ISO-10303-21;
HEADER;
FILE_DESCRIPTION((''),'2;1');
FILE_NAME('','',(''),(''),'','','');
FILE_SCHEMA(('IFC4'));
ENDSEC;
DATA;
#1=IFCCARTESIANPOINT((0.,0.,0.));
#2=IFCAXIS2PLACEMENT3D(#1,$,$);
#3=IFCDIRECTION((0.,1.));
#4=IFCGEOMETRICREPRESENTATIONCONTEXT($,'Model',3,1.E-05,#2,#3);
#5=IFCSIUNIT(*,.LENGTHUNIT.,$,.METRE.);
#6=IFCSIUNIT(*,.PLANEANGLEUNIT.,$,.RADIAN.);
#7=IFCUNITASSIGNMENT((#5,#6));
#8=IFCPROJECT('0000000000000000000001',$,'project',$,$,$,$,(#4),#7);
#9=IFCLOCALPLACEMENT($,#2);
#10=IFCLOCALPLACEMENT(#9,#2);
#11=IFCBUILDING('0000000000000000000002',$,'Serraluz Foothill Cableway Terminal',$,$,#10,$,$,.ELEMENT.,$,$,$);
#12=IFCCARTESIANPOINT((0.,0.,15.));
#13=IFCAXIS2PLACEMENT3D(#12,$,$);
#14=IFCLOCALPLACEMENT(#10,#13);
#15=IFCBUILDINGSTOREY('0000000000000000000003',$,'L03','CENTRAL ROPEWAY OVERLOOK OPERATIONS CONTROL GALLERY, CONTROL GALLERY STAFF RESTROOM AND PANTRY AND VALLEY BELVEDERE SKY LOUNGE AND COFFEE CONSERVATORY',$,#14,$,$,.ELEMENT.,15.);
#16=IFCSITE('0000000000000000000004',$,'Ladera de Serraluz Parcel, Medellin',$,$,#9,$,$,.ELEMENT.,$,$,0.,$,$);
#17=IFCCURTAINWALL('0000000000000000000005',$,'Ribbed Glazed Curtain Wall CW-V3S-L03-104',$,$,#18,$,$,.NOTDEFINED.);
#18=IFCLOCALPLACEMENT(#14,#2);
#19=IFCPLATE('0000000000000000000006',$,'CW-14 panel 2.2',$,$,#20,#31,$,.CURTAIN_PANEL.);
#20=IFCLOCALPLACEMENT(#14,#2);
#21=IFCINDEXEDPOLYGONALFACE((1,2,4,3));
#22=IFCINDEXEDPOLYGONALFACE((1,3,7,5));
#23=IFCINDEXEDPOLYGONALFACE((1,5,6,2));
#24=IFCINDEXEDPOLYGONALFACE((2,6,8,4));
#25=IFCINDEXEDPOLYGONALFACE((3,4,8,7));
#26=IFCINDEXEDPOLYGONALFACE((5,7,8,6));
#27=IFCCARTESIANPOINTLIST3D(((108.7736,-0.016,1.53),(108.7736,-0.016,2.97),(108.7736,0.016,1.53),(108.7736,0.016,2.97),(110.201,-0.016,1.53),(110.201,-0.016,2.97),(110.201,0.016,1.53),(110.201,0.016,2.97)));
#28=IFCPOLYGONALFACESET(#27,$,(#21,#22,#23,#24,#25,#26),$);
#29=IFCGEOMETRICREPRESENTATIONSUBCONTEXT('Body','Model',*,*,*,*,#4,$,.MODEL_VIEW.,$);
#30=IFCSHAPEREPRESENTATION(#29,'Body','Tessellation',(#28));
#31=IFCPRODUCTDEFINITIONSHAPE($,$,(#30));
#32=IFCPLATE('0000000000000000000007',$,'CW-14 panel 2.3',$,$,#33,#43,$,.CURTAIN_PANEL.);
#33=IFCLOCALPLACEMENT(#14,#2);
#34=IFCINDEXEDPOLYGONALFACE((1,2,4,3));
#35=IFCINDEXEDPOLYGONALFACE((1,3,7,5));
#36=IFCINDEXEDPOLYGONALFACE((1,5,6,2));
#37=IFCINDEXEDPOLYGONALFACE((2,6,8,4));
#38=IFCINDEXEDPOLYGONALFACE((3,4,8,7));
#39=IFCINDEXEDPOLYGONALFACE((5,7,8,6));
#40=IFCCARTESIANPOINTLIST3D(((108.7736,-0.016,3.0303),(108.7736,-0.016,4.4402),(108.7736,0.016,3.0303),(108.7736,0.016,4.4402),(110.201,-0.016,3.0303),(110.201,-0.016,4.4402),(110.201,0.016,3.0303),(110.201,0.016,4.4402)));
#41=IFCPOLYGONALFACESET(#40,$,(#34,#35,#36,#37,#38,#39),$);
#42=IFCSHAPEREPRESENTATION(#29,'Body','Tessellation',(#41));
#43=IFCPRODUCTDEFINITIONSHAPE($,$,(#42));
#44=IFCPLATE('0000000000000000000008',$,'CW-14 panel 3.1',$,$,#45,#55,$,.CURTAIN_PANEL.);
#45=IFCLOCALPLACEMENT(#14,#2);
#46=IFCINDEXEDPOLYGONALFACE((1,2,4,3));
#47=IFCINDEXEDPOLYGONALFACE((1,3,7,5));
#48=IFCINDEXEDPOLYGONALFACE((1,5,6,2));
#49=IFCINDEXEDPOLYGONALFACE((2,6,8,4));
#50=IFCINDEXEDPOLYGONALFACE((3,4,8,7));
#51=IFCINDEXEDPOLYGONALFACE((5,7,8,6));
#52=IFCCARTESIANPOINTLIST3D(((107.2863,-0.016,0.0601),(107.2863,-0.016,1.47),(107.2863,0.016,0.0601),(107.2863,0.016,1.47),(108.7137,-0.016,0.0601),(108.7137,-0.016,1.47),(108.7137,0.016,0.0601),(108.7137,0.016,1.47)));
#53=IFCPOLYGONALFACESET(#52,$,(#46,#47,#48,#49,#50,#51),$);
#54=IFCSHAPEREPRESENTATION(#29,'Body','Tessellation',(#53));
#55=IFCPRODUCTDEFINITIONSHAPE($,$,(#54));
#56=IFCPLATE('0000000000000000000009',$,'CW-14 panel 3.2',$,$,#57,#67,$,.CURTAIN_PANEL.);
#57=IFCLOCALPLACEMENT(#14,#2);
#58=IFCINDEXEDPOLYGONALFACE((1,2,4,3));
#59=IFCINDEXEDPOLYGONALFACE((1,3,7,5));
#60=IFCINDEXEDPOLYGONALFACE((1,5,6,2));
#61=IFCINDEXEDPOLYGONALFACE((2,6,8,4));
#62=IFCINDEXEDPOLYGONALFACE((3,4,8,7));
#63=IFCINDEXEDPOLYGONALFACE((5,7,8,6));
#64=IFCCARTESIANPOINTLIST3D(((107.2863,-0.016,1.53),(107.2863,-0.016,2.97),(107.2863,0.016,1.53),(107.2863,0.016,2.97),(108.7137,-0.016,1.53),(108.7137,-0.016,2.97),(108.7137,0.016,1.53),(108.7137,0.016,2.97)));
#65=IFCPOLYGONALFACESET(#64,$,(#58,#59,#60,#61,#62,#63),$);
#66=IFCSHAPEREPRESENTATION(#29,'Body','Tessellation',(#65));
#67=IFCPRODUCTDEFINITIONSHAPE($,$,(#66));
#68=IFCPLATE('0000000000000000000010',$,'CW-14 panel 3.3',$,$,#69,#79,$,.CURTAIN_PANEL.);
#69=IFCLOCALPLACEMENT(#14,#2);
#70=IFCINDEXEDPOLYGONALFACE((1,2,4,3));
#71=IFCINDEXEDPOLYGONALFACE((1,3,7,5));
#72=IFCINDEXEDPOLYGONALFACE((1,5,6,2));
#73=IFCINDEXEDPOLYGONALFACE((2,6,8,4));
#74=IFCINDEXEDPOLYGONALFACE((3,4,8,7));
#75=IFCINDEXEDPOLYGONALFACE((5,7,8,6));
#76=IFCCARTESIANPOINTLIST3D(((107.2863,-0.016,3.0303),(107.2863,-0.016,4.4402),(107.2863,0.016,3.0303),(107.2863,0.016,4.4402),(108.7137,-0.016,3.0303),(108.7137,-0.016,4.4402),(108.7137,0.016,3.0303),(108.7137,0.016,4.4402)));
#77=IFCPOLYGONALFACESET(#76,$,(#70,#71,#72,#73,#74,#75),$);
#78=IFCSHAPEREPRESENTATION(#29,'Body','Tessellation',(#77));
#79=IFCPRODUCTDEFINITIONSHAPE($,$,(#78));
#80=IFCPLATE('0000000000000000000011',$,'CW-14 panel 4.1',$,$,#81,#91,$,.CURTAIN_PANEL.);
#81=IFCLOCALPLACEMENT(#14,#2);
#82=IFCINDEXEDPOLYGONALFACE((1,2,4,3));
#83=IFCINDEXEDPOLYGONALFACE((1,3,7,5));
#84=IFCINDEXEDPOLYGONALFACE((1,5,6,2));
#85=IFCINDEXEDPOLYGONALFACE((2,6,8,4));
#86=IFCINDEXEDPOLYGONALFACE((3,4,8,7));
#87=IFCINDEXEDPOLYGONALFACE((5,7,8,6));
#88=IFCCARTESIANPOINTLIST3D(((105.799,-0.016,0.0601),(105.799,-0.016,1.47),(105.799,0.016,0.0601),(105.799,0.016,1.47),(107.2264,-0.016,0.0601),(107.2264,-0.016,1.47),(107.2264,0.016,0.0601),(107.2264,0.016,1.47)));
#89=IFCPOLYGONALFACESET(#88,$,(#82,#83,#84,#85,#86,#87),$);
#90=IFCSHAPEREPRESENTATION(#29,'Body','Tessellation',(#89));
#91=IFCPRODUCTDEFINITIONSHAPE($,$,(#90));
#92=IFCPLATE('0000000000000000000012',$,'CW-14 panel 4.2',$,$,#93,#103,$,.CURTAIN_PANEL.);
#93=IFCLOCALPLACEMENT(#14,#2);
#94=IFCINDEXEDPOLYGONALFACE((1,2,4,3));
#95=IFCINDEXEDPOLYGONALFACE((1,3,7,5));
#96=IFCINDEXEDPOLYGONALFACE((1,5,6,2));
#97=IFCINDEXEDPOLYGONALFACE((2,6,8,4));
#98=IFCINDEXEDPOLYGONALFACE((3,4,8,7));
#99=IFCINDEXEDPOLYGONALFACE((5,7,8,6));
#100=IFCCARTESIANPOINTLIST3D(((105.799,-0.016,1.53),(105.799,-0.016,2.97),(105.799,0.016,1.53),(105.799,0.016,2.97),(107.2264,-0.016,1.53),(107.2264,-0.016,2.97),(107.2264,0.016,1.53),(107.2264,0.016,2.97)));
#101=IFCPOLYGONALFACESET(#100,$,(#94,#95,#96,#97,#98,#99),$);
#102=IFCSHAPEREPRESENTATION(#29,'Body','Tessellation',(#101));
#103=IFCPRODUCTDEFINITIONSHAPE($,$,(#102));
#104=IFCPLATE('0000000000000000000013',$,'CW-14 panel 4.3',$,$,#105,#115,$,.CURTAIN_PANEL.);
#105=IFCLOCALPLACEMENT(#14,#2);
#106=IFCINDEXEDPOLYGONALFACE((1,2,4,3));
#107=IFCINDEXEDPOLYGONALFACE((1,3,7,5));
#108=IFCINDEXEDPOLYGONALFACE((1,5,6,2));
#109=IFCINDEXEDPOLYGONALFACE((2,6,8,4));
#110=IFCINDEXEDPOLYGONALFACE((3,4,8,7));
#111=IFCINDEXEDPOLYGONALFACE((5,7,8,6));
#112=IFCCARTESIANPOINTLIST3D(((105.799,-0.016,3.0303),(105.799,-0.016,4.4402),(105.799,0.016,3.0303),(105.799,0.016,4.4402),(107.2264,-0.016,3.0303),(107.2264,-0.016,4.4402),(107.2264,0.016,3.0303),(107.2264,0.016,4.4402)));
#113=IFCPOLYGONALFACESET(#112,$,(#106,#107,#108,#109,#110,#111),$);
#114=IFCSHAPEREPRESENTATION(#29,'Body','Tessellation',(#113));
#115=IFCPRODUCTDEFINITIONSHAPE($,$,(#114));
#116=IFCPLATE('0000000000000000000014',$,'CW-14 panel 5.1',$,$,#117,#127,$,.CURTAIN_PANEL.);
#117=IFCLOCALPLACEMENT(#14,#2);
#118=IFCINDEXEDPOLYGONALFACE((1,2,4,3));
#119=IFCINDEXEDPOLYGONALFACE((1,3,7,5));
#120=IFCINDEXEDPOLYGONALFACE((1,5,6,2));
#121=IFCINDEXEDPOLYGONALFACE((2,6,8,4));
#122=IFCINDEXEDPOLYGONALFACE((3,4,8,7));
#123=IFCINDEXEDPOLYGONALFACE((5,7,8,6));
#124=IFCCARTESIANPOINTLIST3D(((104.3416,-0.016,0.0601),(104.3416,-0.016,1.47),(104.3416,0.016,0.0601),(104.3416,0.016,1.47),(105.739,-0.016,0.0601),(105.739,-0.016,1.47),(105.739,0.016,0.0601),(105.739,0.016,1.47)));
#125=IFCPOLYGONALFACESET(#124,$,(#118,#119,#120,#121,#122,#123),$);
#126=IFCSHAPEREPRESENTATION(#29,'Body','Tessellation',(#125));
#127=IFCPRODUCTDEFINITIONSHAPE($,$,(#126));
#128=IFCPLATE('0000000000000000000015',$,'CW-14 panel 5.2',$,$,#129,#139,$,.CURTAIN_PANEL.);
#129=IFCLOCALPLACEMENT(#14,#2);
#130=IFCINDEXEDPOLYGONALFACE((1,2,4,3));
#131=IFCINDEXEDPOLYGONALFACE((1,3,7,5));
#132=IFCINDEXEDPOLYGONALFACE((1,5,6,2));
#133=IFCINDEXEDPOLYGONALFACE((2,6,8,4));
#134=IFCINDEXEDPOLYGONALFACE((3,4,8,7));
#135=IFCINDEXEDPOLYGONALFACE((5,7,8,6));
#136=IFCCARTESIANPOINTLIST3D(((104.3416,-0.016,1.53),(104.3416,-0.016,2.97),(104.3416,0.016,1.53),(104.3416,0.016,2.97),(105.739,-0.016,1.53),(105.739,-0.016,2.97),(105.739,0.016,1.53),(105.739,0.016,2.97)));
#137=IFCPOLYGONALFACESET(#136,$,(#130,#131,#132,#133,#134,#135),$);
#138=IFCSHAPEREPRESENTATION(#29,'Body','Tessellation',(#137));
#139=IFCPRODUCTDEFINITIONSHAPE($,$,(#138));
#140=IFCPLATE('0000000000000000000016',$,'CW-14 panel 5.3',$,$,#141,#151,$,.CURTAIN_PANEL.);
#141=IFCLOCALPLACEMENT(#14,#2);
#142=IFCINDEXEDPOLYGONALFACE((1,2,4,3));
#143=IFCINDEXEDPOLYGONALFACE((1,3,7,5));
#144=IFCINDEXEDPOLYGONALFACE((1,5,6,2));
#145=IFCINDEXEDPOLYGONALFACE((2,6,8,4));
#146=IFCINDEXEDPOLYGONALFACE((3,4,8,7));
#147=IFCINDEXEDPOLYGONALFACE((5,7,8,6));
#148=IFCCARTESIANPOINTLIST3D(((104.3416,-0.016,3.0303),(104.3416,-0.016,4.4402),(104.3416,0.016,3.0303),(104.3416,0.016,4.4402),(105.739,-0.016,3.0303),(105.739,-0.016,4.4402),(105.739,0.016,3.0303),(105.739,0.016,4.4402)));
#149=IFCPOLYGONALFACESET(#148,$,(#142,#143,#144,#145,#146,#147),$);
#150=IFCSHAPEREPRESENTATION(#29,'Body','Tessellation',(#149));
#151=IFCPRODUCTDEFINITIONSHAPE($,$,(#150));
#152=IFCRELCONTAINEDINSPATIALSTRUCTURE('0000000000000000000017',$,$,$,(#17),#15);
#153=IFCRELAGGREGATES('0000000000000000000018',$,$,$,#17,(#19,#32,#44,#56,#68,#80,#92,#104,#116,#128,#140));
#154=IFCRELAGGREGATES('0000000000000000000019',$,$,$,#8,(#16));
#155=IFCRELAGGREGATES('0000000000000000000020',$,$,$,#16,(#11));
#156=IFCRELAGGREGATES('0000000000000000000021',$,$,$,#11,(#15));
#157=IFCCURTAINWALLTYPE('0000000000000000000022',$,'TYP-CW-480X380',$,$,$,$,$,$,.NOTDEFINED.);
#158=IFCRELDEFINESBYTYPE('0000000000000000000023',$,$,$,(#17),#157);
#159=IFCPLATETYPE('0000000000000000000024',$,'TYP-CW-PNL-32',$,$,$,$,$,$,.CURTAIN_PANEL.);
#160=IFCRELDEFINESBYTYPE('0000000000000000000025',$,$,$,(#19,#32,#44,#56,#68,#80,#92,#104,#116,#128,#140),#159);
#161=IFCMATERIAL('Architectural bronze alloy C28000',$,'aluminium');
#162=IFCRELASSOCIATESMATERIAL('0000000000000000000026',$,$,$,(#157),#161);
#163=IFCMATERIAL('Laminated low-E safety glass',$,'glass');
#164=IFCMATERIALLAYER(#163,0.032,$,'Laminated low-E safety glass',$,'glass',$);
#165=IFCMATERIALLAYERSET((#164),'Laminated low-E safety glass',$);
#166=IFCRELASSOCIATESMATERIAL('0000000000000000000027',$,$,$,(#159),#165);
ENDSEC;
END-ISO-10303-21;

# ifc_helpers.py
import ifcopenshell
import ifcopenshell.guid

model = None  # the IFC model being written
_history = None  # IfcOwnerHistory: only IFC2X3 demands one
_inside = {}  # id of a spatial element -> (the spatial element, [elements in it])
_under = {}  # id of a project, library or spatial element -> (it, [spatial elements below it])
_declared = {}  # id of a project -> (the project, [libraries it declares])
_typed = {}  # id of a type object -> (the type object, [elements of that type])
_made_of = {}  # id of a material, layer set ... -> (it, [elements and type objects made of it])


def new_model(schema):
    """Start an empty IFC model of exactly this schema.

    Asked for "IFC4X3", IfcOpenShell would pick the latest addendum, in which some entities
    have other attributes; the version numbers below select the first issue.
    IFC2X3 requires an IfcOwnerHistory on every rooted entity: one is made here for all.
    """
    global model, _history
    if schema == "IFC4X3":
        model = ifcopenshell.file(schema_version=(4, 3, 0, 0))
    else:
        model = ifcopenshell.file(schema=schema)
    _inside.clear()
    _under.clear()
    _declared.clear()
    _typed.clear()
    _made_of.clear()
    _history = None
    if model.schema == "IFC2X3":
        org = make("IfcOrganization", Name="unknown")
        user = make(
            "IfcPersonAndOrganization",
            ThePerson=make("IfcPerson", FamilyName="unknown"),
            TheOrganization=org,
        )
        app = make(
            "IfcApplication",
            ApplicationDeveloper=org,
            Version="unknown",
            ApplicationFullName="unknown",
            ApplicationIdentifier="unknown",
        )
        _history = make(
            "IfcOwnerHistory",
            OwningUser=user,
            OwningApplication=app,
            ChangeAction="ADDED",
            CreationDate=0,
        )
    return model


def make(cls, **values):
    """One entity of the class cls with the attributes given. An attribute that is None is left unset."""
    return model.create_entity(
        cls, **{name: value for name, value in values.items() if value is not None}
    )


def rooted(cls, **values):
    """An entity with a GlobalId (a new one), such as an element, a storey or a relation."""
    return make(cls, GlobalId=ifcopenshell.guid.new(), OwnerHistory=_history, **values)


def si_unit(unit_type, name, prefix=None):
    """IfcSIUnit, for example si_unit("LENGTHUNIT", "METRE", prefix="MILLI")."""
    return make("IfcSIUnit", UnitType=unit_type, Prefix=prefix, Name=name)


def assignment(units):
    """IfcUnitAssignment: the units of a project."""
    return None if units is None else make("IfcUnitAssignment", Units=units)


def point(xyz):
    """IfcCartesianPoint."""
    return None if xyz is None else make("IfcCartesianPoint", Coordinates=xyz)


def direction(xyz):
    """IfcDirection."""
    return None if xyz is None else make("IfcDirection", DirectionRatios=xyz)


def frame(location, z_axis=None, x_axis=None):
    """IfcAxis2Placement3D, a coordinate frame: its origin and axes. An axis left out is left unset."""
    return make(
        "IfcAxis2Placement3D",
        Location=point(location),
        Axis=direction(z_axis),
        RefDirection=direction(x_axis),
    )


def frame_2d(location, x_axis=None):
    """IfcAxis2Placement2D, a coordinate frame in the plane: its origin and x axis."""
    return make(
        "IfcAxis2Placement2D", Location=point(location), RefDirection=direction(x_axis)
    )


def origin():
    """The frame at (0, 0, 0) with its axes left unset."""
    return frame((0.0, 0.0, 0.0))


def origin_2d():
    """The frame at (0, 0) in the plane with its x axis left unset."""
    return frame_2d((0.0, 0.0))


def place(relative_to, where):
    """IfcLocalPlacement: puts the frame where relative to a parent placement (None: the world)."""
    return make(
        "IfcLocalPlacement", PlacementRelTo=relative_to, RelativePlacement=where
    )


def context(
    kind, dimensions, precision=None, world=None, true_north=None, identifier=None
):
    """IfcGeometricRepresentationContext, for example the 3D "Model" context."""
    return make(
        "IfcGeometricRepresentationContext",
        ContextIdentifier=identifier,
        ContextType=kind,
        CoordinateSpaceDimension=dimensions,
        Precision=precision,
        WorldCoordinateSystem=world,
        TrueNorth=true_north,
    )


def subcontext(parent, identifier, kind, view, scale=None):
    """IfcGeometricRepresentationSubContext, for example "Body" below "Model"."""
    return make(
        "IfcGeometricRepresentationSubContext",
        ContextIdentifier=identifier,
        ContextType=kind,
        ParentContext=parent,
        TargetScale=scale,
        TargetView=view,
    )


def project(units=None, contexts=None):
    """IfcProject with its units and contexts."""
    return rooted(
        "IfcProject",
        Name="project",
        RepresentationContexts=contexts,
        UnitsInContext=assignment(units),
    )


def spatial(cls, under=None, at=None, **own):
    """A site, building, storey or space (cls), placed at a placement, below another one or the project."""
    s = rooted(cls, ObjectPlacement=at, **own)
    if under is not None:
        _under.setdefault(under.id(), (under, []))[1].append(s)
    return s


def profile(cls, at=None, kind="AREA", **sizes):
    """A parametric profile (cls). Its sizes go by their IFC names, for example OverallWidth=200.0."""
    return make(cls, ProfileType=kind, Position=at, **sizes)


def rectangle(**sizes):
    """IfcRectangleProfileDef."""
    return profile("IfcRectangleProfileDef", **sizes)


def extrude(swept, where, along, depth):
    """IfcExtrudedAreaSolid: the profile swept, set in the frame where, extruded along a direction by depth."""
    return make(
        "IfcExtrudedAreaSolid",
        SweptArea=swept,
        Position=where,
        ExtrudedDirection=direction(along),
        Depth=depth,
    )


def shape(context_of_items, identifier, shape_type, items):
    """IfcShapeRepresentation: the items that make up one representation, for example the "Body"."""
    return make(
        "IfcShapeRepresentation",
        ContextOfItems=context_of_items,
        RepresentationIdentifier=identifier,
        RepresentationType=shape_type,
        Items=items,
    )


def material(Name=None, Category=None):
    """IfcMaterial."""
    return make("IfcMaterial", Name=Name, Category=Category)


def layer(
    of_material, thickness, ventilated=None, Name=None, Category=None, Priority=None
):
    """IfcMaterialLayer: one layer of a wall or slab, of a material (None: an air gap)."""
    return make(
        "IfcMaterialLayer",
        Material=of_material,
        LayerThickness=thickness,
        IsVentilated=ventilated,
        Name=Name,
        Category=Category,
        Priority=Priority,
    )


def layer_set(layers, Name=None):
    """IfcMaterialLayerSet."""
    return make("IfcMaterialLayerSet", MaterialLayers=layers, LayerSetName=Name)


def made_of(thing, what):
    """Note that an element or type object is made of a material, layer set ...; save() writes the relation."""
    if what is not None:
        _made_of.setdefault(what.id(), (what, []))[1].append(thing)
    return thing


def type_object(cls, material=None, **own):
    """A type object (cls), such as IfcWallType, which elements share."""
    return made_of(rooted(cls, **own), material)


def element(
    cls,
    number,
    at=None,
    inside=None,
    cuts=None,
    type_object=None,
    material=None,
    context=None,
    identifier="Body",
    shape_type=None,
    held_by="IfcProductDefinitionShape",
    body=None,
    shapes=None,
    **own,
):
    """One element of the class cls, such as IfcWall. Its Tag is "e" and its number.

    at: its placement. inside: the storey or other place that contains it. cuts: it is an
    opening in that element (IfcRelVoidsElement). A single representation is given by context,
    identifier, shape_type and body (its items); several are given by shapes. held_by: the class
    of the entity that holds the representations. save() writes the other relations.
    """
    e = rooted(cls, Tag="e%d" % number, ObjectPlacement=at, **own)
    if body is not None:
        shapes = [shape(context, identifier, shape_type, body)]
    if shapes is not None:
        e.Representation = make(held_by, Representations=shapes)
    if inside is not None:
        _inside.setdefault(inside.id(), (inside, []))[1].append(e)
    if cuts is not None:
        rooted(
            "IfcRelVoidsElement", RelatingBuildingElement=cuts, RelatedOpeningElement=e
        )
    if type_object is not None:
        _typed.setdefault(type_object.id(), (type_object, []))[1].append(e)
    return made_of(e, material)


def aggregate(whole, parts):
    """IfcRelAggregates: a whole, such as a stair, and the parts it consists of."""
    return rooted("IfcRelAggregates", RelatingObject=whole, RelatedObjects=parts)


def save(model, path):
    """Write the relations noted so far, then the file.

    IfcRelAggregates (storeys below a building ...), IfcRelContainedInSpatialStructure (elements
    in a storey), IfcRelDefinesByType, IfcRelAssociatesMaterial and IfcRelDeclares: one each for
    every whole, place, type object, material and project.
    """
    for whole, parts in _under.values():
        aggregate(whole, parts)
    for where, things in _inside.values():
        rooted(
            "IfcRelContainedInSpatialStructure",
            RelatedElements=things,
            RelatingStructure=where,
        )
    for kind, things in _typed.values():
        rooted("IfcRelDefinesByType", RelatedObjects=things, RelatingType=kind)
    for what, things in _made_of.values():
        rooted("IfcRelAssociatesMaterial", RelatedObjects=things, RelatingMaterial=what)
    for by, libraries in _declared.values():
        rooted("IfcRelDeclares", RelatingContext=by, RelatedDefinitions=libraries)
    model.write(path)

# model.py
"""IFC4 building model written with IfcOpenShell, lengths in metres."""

from ifc_helpers import new_model, si_unit, direction, frame, origin, origin_2d, place, context, subcontext, project, spatial, rectangle, extrude, material, layer, layer_set, type_object, element, aggregate, save


model = new_model("IFC4")

# Units and contexts
model_context = context("Model", 3, precision=1e-05, world=origin(), true_north=direction((0.0, 1.0)))
body_context = subcontext(model_context, "Body", "Model", "MODEL_VIEW")
ifc_project = project(units=[si_unit("LENGTHUNIT", "METRE"), si_unit("PLANEANGLEUNIT", "RADIAN")], contexts=[model_context])

# Site, building, storey
site_placement = place(None, origin())
site = spatial("IfcSite", under=ifc_project, at=site_placement, Name="Ladera de Serraluz Parcel, Medellin", CompositionType="ELEMENT", RefElevation=0.0)
building_placement = place(site_placement, origin())
building = spatial("IfcBuilding", under=site, at=building_placement, Name="Serraluz Foothill Cableway Terminal", CompositionType="ELEMENT")
storey_placement = place(building_placement, frame((0.0, 0.0, 15.0)))
storey = spatial("IfcBuildingStorey", under=building, at=storey_placement, Name="L03", Description="CENTRAL ROPEWAY OVERLOOK OPERATIONS CONTROL GALLERY, CONTROL GALLERY STAFF RESTROOM AND PANTRY AND VALLEY BELVEDERE SKY LOUNGE AND COFFEE CONSERVATORY", CompositionType="ELEMENT", Elevation=15.0)

# Shared definitions
ifc_material_1 = material(Name="Architectural bronze alloy C28000", Category="aluminium")

# Curtain wall
curtain_wall_type_1 = type_object("IfcCurtainWallType", Name="TYP-CW-480X380", PredefinedType="NOTDEFINED", material=ifc_material_1)
curtain_wall_1_placement = place(storey_placement, origin())
curtain_wall_1 = element("IfcCurtainWall", 1, at=curtain_wall_1_placement, inside=storey, type_object=curtain_wall_type_1, Name="Ribbed Glazed Curtain Wall CW-V3S-L03-104", PredefinedType="NOTDEFINED")

# Plates
ifc_material_2 = material(Name="Laminated low-E safety glass", Category="glass")
ifc_layer = layer(ifc_material_2, 0.032, Name="Laminated low-E safety glass", Category="glass")
ifc_layer_set = layer_set([ifc_layer], Name="Laminated low-E safety glass")
plate_type = type_object("IfcPlateType", Name="TYP-CW-PNL-32", PredefinedType="CURTAIN_PANEL", material=ifc_layer_set)
plate_1_placement = place(storey_placement, frame((109.4873, 0.0, 1.53), z_axis=(0.0, 0.0, 1.0), x_axis=(-1.0, 0.0, 0.0)))
plate_1 = element("IfcPlate", 2, at=plate_1_placement, type_object=plate_type, Name="CW-14 panel 2.2", PredefinedType="CURTAIN_PANEL", context=body_context, shape_type="SweptSolid", body=[
    extrude(rectangle(XDim=1.4275, YDim=0.032, at=origin_2d()), origin(), (0.0, 0.0, 1.0), 1.4399),
])
plate_2_placement = place(storey_placement, frame((109.4873, 0.0, 3.0303), z_axis=(0.0, 0.0, 1.0), x_axis=(-1.0, 0.0, 0.0)))
plate_2 = element("IfcPlate", 3, at=plate_2_placement, type_object=plate_type, Name="CW-14 panel 2.3", PredefinedType="CURTAIN_PANEL", context=body_context, shape_type="SweptSolid", body=[
    extrude(rectangle(XDim=1.4275, YDim=0.032, at=origin_2d()), origin(), (0.0, 0.0, 1.0), 1.4099),
])
plate_3_placement = place(storey_placement, frame((108.0, 0.0, 0.0601), z_axis=(0.0, 0.0, 1.0), x_axis=(-1.0, 0.0, 0.0)))
plate_3 = element("IfcPlate", 4, at=plate_3_placement, type_object=plate_type, Name="CW-14 panel 3.1", PredefinedType="CURTAIN_PANEL", context=body_context, shape_type="SweptSolid", body=[
    extrude(rectangle(XDim=1.4275, YDim=0.032, at=origin_2d()), origin(), (0.0, 0.0, 1.0), 1.4099),
])
plate_4_placement = place(storey_placement, frame((108.0, 0.0, 1.53), z_axis=(0.0, 0.0, 1.0), x_axis=(-1.0, 0.0, 0.0)))
plate_4 = element("IfcPlate", 5, at=plate_4_placement, type_object=plate_type, Name="CW-14 panel 3.2", PredefinedType="CURTAIN_PANEL", context=body_context, shape_type="SweptSolid", body=[
    extrude(rectangle(XDim=1.4275, YDim=0.032, at=origin_2d()), origin(), (0.0, 0.0, 1.0), 1.4399),
])
plate_5_placement = place(storey_placement, frame((108.0, 0.0, 3.0303), z_axis=(0.0, 0.0, 1.0), x_axis=(-1.0, 0.0, 0.0)))
plate_5 = element("IfcPlate", 6, at=plate_5_placement, type_object=plate_type, Name="CW-14 panel 3.3", PredefinedType="CURTAIN_PANEL", context=body_context, shape_type="SweptSolid", body=[
    extrude(rectangle(XDim=1.4275, YDim=0.032, at=origin_2d()), origin(), (0.0, 0.0, 1.0), 1.4099),
])
plate_6_placement = place(storey_placement, frame((106.5127, 0.0, 0.0601), z_axis=(0.0, 0.0, 1.0), x_axis=(-1.0, 0.0, 0.0)))
plate_6 = element("IfcPlate", 7, at=plate_6_placement, type_object=plate_type, Name="CW-14 panel 4.1", PredefinedType="CURTAIN_PANEL", context=body_context, shape_type="SweptSolid", body=[
    extrude(rectangle(XDim=1.4275, YDim=0.032, at=origin_2d()), origin(), (0.0, 0.0, 1.0), 1.4099),
])
plate_7_placement = place(storey_placement, frame((106.5127, 0.0, 1.53), z_axis=(0.0, 0.0, 1.0), x_axis=(-1.0, 0.0, 0.0)))
plate_7 = element("IfcPlate", 8, at=plate_7_placement, type_object=plate_type, Name="CW-14 panel 4.2", PredefinedType="CURTAIN_PANEL", context=body_context, shape_type="SweptSolid", body=[
    extrude(rectangle(XDim=1.4275, YDim=0.032, at=origin_2d()), origin(), (0.0, 0.0, 1.0), 1.4399),
])
plate_8_placement = place(storey_placement, frame((106.5127, 0.0, 3.0303), z_axis=(0.0, 0.0, 1.0), x_axis=(-1.0, 0.0, 0.0)))
plate_8 = element("IfcPlate", 9, at=plate_8_placement, type_object=plate_type, Name="CW-14 panel 4.3", PredefinedType="CURTAIN_PANEL", context=body_context, shape_type="SweptSolid", body=[
    extrude(rectangle(XDim=1.4275, YDim=0.032, at=origin_2d()), origin(), (0.0, 0.0, 1.0), 1.4099),
])
plate_9_placement = place(storey_placement, frame((105.0403, 0.0, 0.0601), z_axis=(0.0, 0.0, 1.0), x_axis=(-1.0, 0.0, 0.0)))
plate_9 = element("IfcPlate", 10, at=plate_9_placement, type_object=plate_type, Name="CW-14 panel 5.1", PredefinedType="CURTAIN_PANEL", context=body_context, shape_type="SweptSolid", body=[
    extrude(rectangle(XDim=1.3975, YDim=0.032, at=origin_2d()), origin(), (0.0, 0.0, 1.0), 1.4099),
])
plate_10_placement = place(storey_placement, frame((105.0403, 0.0, 1.53), z_axis=(0.0, 0.0, 1.0), x_axis=(-1.0, 0.0, 0.0)))
plate_10 = element("IfcPlate", 11, at=plate_10_placement, type_object=plate_type, Name="CW-14 panel 5.2", PredefinedType="CURTAIN_PANEL", context=body_context, shape_type="SweptSolid", body=[
    extrude(rectangle(XDim=1.3975, YDim=0.032, at=origin_2d()), origin(), (0.0, 0.0, 1.0), 1.4399),
])
plate_11_placement = place(storey_placement, frame((105.0403, 0.0, 3.0303), z_axis=(0.0, 0.0, 1.0), x_axis=(-1.0, 0.0, 0.0)))
plate_11 = element("IfcPlate", 12, at=plate_11_placement, type_object=plate_type, Name="CW-14 panel 5.3", PredefinedType="CURTAIN_PANEL", context=body_context, shape_type="SweptSolid", body=[
    extrude(rectangle(XDim=1.3975, YDim=0.032, at=origin_2d()), origin(), (0.0, 0.0, 1.0), 1.4099),
])
aggregate(curtain_wall_1, [plate_1, plate_2, plate_3, plate_4, plate_5, plate_6, plate_7, plate_8, plate_9, plate_10, plate_11])

save(model, "model.ifc")
